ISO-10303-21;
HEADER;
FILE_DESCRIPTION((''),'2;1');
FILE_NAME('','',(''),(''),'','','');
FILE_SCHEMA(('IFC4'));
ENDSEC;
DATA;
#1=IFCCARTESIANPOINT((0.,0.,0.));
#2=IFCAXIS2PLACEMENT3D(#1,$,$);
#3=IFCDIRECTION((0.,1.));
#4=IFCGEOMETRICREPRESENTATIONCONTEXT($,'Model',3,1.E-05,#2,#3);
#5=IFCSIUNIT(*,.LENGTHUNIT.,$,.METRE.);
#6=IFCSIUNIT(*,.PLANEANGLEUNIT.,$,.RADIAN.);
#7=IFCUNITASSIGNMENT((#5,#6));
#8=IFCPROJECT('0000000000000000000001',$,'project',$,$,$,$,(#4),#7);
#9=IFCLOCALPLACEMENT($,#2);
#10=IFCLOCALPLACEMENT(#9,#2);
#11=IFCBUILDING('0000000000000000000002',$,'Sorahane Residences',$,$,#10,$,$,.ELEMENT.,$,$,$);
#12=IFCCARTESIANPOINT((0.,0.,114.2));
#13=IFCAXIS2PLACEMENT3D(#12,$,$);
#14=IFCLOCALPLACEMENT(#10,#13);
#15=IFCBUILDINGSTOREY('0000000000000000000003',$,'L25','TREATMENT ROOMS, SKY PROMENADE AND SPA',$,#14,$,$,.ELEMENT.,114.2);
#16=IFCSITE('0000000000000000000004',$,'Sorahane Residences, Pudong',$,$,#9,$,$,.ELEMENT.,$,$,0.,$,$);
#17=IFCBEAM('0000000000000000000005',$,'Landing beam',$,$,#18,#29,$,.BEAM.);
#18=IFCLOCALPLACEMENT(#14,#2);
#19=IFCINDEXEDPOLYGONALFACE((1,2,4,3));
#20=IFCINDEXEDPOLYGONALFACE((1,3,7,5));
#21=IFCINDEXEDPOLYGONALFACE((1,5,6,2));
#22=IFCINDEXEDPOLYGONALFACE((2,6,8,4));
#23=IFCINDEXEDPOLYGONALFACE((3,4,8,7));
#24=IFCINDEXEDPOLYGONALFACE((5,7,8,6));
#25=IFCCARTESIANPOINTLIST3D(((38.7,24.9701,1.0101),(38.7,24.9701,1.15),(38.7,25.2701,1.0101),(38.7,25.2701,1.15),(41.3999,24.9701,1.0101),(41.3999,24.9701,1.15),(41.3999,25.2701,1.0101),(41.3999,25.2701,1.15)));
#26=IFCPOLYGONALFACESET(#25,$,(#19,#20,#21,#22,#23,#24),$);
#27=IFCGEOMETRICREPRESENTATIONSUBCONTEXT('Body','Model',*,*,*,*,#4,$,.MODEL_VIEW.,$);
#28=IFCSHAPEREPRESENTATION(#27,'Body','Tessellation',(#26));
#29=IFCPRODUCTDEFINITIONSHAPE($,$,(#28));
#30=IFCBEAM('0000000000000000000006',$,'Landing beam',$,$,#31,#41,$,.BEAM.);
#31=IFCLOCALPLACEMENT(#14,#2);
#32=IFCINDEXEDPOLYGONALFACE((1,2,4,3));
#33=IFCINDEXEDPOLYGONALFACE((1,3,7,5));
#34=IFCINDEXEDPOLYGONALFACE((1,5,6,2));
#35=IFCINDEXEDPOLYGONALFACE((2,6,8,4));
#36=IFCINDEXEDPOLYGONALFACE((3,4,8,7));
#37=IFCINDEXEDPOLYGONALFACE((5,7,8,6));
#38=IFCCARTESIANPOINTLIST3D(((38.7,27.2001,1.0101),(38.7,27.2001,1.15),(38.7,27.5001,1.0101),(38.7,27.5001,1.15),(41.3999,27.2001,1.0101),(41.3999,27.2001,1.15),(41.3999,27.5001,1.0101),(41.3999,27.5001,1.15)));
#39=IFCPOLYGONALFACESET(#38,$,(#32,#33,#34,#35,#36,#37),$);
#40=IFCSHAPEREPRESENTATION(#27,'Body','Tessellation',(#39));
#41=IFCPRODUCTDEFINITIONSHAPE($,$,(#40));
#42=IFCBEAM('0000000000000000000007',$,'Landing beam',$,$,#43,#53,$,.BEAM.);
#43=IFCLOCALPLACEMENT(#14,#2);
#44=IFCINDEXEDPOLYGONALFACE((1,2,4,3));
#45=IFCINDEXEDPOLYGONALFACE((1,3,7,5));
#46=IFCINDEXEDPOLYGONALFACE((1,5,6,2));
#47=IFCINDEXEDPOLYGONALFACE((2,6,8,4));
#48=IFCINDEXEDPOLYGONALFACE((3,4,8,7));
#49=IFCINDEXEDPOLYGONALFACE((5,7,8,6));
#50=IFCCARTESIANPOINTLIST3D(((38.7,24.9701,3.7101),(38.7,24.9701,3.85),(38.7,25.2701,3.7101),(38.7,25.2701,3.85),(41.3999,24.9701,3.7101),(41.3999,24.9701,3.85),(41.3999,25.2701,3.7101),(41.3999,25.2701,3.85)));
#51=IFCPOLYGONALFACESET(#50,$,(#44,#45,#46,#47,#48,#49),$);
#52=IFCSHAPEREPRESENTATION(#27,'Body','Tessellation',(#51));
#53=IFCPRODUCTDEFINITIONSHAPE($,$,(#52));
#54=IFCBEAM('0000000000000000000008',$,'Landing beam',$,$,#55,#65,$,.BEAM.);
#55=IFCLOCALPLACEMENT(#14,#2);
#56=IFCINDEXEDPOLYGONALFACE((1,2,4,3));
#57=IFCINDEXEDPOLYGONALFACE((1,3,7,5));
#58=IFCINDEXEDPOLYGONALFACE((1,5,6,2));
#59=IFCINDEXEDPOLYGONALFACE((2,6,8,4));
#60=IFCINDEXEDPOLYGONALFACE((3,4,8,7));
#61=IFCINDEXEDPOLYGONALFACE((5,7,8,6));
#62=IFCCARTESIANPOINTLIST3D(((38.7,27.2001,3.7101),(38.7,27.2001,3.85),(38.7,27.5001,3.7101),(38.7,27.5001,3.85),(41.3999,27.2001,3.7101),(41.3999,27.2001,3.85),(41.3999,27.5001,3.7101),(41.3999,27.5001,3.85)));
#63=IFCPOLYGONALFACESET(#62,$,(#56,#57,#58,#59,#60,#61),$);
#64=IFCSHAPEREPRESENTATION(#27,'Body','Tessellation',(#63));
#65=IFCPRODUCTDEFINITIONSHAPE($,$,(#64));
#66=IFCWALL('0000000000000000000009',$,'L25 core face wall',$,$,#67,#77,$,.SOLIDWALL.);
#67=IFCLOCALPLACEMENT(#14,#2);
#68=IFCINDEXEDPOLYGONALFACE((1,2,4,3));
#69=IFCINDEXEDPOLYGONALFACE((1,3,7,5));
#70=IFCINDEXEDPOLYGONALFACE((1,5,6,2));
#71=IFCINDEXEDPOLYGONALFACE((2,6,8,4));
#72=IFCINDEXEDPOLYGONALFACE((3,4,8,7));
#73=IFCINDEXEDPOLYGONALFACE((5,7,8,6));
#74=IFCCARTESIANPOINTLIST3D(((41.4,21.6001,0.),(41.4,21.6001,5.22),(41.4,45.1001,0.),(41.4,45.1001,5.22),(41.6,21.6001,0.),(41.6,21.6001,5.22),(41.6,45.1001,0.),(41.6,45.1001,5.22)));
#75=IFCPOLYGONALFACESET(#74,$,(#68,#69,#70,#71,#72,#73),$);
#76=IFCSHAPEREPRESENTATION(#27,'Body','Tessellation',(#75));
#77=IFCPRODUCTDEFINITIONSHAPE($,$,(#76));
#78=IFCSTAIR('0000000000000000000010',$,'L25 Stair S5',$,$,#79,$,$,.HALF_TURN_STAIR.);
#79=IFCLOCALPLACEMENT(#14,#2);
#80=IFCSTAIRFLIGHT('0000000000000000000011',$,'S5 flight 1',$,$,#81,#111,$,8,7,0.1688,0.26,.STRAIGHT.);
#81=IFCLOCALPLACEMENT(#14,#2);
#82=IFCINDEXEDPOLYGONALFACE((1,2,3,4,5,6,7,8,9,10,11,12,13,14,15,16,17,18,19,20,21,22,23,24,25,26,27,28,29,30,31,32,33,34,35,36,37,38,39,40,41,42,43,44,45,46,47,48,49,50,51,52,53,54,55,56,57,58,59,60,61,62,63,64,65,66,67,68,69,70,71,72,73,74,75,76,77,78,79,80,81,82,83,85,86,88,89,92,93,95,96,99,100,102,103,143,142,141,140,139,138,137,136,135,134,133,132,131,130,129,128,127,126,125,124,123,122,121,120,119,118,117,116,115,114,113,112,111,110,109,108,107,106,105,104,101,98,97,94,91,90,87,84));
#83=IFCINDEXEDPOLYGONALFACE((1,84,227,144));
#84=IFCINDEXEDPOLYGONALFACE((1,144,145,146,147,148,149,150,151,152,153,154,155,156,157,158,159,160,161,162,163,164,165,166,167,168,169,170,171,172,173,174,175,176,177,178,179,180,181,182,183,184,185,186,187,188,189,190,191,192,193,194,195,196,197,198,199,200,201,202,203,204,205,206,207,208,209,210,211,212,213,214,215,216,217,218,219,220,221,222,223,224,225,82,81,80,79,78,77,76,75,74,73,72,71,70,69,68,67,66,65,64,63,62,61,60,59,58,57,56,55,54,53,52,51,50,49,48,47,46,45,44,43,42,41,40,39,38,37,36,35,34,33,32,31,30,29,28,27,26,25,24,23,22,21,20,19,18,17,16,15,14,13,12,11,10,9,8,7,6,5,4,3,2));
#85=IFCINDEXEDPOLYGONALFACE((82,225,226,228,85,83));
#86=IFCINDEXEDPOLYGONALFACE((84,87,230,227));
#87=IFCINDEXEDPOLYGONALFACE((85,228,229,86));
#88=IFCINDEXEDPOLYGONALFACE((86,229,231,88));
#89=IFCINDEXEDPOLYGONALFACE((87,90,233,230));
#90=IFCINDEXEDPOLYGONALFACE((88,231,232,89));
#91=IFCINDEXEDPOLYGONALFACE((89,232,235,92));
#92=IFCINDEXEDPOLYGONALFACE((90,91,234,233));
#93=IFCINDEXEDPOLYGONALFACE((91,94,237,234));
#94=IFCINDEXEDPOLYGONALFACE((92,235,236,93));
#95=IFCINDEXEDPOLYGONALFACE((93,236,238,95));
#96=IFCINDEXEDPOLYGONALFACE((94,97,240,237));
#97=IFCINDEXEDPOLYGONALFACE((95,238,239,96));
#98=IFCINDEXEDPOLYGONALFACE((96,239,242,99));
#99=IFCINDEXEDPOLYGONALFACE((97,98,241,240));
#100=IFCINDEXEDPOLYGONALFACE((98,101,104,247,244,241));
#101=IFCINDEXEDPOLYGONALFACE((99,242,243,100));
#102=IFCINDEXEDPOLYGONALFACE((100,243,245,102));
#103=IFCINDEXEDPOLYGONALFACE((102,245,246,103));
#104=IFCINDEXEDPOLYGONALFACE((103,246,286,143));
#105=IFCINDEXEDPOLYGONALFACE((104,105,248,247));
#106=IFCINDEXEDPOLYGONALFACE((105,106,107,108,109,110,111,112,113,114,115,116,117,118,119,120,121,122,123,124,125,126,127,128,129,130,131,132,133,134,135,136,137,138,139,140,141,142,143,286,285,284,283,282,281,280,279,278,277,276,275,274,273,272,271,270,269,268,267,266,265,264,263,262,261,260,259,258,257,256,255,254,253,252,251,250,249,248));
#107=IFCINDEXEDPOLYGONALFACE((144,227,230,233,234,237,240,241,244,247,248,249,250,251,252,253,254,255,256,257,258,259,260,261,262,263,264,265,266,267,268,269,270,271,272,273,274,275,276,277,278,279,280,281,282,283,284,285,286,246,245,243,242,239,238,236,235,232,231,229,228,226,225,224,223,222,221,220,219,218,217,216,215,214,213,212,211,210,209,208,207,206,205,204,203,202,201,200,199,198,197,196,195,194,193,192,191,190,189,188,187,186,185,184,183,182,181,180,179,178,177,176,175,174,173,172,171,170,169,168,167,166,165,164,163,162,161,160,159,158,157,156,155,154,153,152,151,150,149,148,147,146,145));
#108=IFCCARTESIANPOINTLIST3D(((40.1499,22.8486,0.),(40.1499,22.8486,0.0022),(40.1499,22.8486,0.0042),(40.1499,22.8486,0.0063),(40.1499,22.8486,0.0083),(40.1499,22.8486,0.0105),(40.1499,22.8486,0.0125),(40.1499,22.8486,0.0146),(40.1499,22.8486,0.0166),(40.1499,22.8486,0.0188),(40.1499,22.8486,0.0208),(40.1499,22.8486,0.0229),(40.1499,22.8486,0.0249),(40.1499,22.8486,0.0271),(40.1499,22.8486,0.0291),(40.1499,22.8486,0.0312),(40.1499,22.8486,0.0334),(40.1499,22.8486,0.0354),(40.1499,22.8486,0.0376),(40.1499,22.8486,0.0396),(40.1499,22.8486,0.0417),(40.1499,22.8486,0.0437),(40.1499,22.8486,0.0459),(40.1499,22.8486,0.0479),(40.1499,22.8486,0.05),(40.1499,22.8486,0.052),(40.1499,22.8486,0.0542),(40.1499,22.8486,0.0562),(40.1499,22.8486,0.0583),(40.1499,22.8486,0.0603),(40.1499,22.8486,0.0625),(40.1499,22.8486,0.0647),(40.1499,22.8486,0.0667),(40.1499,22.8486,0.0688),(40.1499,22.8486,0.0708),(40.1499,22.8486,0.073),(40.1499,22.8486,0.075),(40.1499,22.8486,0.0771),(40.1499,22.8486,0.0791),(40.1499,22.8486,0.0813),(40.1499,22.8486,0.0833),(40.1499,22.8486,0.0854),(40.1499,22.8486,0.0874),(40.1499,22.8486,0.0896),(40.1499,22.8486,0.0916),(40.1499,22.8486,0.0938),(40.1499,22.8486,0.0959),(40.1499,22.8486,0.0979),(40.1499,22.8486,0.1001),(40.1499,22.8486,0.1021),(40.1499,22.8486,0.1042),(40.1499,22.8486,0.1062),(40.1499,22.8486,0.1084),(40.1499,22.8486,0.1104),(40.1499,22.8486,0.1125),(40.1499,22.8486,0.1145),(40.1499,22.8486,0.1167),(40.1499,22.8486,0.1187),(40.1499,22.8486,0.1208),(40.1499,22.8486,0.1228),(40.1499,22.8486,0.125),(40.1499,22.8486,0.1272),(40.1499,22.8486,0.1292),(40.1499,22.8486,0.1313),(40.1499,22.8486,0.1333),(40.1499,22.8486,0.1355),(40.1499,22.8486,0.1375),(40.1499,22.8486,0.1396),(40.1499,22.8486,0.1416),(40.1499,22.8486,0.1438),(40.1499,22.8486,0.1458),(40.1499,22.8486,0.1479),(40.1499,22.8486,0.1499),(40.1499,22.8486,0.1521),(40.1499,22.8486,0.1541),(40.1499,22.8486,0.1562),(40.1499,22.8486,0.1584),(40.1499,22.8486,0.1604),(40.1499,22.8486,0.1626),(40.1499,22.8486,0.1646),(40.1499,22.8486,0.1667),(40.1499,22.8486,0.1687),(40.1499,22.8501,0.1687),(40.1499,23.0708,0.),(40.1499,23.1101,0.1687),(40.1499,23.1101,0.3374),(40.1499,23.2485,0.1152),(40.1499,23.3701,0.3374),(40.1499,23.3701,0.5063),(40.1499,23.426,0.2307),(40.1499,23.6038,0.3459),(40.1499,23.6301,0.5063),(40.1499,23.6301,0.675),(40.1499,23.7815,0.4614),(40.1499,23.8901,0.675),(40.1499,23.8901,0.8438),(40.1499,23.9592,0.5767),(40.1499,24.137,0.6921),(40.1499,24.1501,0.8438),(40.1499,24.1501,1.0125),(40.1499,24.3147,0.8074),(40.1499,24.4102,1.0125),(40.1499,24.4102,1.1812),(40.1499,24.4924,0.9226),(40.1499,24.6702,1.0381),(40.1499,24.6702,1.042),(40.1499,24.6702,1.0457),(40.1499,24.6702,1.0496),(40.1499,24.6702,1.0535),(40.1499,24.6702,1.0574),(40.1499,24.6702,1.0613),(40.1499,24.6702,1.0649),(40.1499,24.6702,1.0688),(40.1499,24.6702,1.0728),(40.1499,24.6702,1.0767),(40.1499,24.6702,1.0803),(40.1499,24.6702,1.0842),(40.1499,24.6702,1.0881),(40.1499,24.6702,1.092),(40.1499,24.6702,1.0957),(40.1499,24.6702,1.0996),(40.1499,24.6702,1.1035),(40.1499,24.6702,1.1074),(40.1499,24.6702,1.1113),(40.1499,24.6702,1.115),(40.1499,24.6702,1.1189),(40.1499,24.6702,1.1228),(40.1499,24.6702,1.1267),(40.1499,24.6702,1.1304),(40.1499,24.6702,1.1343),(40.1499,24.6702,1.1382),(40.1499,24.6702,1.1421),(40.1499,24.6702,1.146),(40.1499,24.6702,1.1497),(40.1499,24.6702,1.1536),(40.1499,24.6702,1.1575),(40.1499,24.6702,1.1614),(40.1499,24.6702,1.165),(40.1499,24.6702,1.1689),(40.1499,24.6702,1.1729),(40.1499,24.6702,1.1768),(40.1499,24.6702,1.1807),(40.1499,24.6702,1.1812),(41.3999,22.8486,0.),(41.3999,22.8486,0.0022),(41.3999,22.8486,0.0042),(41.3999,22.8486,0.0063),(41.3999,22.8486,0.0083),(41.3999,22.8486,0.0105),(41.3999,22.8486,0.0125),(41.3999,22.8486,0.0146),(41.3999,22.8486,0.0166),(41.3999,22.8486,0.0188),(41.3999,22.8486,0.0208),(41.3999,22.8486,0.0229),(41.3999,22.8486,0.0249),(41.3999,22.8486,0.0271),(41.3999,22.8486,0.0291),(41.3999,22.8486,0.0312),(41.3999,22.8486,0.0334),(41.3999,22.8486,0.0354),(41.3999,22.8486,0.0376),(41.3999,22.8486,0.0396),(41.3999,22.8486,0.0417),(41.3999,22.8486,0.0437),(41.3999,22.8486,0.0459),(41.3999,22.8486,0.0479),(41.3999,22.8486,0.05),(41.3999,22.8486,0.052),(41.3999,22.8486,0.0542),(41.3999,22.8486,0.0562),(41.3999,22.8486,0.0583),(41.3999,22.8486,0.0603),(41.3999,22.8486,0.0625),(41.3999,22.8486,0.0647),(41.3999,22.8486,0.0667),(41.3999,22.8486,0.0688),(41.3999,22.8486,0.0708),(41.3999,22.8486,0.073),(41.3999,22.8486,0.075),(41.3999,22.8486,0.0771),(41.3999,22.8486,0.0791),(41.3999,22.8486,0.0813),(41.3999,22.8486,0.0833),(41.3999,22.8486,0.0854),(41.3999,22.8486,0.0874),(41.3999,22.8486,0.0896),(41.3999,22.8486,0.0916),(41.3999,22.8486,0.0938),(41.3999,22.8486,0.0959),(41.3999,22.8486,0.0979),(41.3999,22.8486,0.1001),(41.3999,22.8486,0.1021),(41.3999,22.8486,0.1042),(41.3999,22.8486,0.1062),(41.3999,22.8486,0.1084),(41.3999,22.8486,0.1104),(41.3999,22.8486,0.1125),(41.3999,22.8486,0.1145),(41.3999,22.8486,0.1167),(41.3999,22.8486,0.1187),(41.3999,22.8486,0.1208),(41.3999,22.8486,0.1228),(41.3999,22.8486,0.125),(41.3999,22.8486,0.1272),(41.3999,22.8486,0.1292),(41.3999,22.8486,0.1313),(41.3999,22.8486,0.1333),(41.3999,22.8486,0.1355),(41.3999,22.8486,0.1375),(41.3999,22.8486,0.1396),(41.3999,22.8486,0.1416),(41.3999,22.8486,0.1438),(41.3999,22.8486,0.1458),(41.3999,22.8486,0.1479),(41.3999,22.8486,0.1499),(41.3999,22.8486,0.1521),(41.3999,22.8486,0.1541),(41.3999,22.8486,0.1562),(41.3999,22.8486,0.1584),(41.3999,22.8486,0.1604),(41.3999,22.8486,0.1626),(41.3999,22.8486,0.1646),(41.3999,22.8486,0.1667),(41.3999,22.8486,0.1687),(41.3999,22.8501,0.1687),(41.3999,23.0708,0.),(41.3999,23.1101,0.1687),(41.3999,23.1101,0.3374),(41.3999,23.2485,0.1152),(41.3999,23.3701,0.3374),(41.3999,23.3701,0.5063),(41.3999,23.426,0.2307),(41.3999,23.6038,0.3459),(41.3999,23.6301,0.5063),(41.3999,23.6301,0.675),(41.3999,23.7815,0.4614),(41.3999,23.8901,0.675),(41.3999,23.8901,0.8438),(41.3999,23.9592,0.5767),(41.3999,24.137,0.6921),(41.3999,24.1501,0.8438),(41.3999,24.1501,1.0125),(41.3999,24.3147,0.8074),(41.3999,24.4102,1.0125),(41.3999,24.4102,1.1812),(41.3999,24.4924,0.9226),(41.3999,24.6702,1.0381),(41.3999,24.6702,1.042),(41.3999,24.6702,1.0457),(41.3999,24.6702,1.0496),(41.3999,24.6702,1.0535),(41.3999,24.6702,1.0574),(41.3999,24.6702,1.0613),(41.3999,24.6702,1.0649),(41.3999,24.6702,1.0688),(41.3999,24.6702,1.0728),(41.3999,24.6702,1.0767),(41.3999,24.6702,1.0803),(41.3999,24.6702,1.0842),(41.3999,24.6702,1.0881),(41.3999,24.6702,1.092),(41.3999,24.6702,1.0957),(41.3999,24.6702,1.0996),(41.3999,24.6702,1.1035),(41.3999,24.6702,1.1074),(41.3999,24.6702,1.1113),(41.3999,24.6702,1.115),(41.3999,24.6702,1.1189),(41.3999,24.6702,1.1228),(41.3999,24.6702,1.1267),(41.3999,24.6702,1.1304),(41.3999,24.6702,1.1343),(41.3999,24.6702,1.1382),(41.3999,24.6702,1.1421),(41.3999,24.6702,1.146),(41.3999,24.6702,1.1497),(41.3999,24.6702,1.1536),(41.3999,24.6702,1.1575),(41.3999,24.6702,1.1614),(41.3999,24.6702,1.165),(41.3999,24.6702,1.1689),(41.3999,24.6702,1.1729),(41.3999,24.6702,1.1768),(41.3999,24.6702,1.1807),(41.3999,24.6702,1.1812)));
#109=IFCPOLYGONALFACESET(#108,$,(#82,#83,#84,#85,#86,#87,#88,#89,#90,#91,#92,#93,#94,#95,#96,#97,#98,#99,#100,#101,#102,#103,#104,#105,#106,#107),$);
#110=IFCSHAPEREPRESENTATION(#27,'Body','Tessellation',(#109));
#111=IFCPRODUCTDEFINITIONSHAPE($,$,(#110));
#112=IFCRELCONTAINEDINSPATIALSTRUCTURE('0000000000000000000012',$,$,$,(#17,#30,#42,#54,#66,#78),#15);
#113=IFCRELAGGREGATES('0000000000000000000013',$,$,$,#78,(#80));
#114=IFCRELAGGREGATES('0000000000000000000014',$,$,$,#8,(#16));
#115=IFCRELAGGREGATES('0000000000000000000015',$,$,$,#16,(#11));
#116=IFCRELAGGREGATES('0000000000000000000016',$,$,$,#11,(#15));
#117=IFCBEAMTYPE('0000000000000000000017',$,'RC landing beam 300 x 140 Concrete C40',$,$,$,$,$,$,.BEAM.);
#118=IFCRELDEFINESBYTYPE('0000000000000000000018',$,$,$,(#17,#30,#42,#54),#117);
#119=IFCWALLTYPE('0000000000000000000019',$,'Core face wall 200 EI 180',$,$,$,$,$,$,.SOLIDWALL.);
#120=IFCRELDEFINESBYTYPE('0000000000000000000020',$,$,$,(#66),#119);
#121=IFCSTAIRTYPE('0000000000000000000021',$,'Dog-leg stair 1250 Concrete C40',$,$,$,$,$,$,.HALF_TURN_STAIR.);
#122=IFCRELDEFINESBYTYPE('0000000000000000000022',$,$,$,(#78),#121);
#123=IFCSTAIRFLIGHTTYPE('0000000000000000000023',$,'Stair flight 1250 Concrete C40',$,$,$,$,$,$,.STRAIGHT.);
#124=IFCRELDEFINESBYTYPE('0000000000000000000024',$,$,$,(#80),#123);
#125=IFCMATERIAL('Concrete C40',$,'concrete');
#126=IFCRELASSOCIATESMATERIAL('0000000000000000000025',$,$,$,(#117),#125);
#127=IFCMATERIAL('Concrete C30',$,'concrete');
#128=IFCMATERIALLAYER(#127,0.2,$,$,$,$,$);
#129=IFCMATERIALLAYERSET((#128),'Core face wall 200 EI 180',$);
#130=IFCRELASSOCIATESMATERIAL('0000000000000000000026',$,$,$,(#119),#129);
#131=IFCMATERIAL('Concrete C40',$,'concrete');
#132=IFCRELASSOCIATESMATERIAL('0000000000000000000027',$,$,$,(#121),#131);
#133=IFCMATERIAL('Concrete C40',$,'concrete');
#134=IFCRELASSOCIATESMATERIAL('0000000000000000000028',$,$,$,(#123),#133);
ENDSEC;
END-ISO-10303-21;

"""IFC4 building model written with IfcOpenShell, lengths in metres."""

from ifc_helpers import new_model, si_unit, direction, frame, frame_2d, origin, origin_2d, place, context, subcontext, project, spatial, polyline, rectangle, outline, extrude, material, layer, layer_set, material_profile, profile_set, type_object, element, aggregate, save


model = new_model("IFC4")

# Units and contexts
model_context = context("Model", 3, precision=1e-05, world=origin(), true_north=direction((0.0, 1.0)))
body_context = subcontext(model_context, "Body", "Model", "MODEL_VIEW")
ifc_project = project(units=[si_unit("LENGTHUNIT", "METRE"), si_unit("PLANEANGLEUNIT", "RADIAN")], contexts=[model_context])

# Site, building, storey
site_placement = place(None, origin())
site = spatial("IfcSite", under=ifc_project, at=site_placement, Name="Sorahane Residences, Pudong", CompositionType="ELEMENT", RefElevation=0.0)
building_placement = place(site_placement, origin())
building = spatial("IfcBuilding", under=site, at=building_placement, Name="Sorahane Residences", CompositionType="ELEMENT")
storey_placement = place(building_placement, frame((0.0, 0.0, 114.2)))
storey = spatial("IfcBuildingStorey", under=building, at=storey_placement, Name="L25", Description="TREATMENT ROOMS, SKY PROMENADE AND SPA", CompositionType="ELEMENT", Elevation=114.2)

# Beams
ifc_material_1 = material(Name="Concrete C40", Category="concrete")
ifc_material_profile = material_profile(ifc_material_1, rectangle(XDim=0.3, YDim=0.1399, at=origin_2d()), Name="300x140")
ifc_profile_set = profile_set([ifc_material_profile], Name="Concrete C40")
beam_type = type_object("IfcBeamType", Name="RC landing beam 300 x 140 Concrete C40", PredefinedType="BEAM", material=ifc_profile_set)
for number, where, z_axis, x_axis, name in (
    (1, (38.7, 25.1201, 1.0801), (1.0, 0.0, 0.0), (0.0, 1.0, 0.0), "Landing beam"),
    (2, (38.7, 27.3501, 1.0801), (1.0, 0.0, 0.0), (0.0, 1.0, 0.0), "Landing beam"),
    (3, (38.7, 25.1201, 3.78), (1.0, 0.0, 0.0), (0.0, 1.0, 0.0), "Landing beam"),
    (4, (38.7, 27.3501, 3.78), (1.0, 0.0, 0.0), (0.0, 1.0, 0.0), "Landing beam"),
):
    element("IfcBeam", number, at=place(storey_placement, frame(where, z_axis=z_axis, x_axis=x_axis)), inside=storey, type_object=beam_type, Name=name, PredefinedType="BEAM", context=body_context, shape_type="SweptSolid", body=[
        extrude(rectangle(XDim=0.3, YDim=0.1399, at=origin_2d()), origin(), (0.0, 0.0, 1.0), 2.7),
    ])

# Wall
ifc_material_2 = material(Name="Concrete C30", Category="concrete")
ifc_layer = layer(ifc_material_2, 0.2)
ifc_layer_set = layer_set([ifc_layer], Name="Core face wall 200 EI 180")
wall_type = type_object("IfcWallType", Name="Core face wall 200 EI 180", PredefinedType="SOLIDWALL", material=ifc_layer_set)
wall_placement = place(storey_placement, frame((41.5, 21.6001, 0.0), z_axis=(0.0, 0.0, 1.0), x_axis=(0.0, 1.0, 0.0)))
element("IfcWall", 5, at=wall_placement, inside=storey, type_object=wall_type, Name="L25 core face wall", PredefinedType="SOLIDWALL", context=body_context, shape_type="SweptSolid", body=[
    extrude(rectangle(XDim=23.5, YDim=0.2, at=frame_2d((11.75, 0.0))), origin(), (0.0, 0.0, 1.0), 5.22),
])

# Stair, stair flight
ifc_material_3 = material(Name="Concrete C40", Category="concrete")
stair_type = type_object("IfcStairType", Name="Dog-leg stair 1250 Concrete C40", PredefinedType="HALF_TURN_STAIR", material=ifc_material_3)
stair_placement = place(storey_placement, origin())
stair = element("IfcStair", 6, at=stair_placement, inside=storey, type_object=stair_type, Name="L25 Stair S5", PredefinedType="HALF_TURN_STAIR")
ifc_material_4 = material(Name="Concrete C40", Category="concrete")
stair_flight_type = type_object("IfcStairFlightType", Name="Stair flight 1250 Concrete C40", PredefinedType="STRAIGHT", material=ifc_material_4)
stair_flight_1_placement = place(storey_placement, frame((40.7749, 22.8501, 0.0), z_axis=(0.0, 0.0, 1.0), x_axis=(0.0, 1.0, 0.0)))
stair_flight_1 = element("IfcStairFlight", 7, at=stair_flight_1_placement, type_object=stair_flight_type, Name="S5 flight 1", NumberOfRisers=8, NumberOfTreads=7, PredefinedType="STRAIGHT", RiserHeight=0.1688, TreadLength=0.26, context=body_context, shape_type="SweptSolid", body=[
    extrude(outline(polyline([(-0.0015, 0.0), (-0.0015, 0.0022), (-0.0015, 0.0042), (-0.0015, 0.0063), (-0.0015, 0.0083), (-0.0015, 0.0105), (-0.0015, 0.0125), (-0.0015, 0.0146), (-0.0015, 0.0166), (-0.0015, 0.0188), (-0.0015, 0.0208), (-0.0015, 0.0229), (-0.0015, 0.0249), (-0.0015, 0.0271), (-0.0015, 0.0291), (-0.0015, 0.0312), (-0.0015, 0.0334), (-0.0015, 0.0354), (-0.0015, 0.0376), (-0.0015, 0.0396), (-0.0015, 0.0417), (-0.0015, 0.0437), (-0.0015, 0.0459), (-0.0015, 0.0479), (-0.0015, 0.05), (-0.0015, 0.052), (-0.0015, 0.0542), (-0.0015, 0.0562), (-0.0015, 0.0583), (-0.0015, 0.0603), (-0.0015, 0.0625), (-0.0015, 0.0647), (-0.0015, 0.0667), (-0.0015, 0.0688), (-0.0015, 0.0708), (-0.0015, 0.073), (-0.0015, 0.075), (-0.0015, 0.0771), (-0.0015, 0.0791), (-0.0015, 0.0813), (-0.0015, 0.0833), (-0.0015, 0.0854), (-0.0015, 0.0874), (-0.0015, 0.0896), (-0.0015, 0.0916), (-0.0015, 0.0938), (-0.0015, 0.0959), (-0.0015, 0.0979), (-0.0015, 0.1001), (-0.0015, 0.1021), (-0.0015, 0.1042), (-0.0015, 0.1062), (-0.0015, 0.1084), (-0.0015, 0.1104), (-0.0015, 0.1125), (-0.0015, 0.1145), (-0.0015, 0.1167), (-0.0015, 0.1187), (-0.0015, 0.1208), (-0.0015, 0.1228), (-0.0015, 0.125), (-0.0015, 0.1272), (-0.0015, 0.1292), (-0.0015, 0.1313), (-0.0015, 0.1333), (-0.0015, 0.1355), (-0.0015, 0.1375), (-0.0015, 0.1396), (-0.0015, 0.1416), (-0.0015, 0.1438), (-0.0015, 0.1458), (-0.0015, 0.1479), (-0.0015, 0.1499), (-0.0015, 0.1521), (-0.0015, 0.1541), (-0.0015, 0.1562), (-0.0015, 0.1584), (-0.0015, 0.1604), (-0.0015, 0.1626), (-0.0015, 0.1646), (-0.0015, 0.1667), (-0.0015, 0.1687), (0.0, 0.1687), (0.26, 0.1687), (0.26, 0.3374), (0.52, 0.3374), (0.52, 0.5063), (0.78, 0.5063), (0.78, 0.675), (1.04, 0.675), (1.04, 0.8438), (1.3, 0.8438), (1.3, 1.0125), (1.5601, 1.0125), (1.5601, 1.1812), (1.8201, 1.1812), (1.8201, 1.3501), (1.8201, 1.3462), (1.8201, 1.3423), (1.8201, 1.3384), (1.8201, 1.3347), (1.8201, 1.3308), (1.8201, 1.3269), (1.8201, 1.323), (1.8201, 1.3191), (1.8201, 1.3154), (1.8201, 1.3115), (1.8201, 1.3076), (1.8201, 1.3037), (1.8201, 1.3), (1.8201, 1.2961), (1.8201, 1.2922), (1.8201, 1.2883), (1.8201, 1.2844), (1.8201, 1.2808), (1.8201, 1.2769), (1.8201, 1.2729), (1.8201, 1.269), (1.8201, 1.2654), (1.8201, 1.2615), (1.8201, 1.2576), (1.8201, 1.2537), (1.8201, 1.2498), (1.8201, 1.2461), (1.8201, 1.2422), (1.8201, 1.2383), (1.8201, 1.2344), (1.8201, 1.2307), (1.8201, 1.2268), (1.8201, 1.2229), (1.8201, 1.219), (1.8201, 1.2151), (1.8201, 1.2114), (1.8201, 1.2075), (1.8201, 1.2036), (1.8201, 1.1997), (1.8201, 1.196), (1.8201, 1.1921), (1.8201, 1.1882), (1.8201, 1.1843), (1.8201, 1.1807), (1.8201, 1.1768), (1.8201, 1.1729), (1.8201, 1.1689), (1.8201, 1.165), (1.8201, 1.1614), (1.8201, 1.1575), (1.8201, 1.1536), (1.8201, 1.1497), (1.8201, 1.146), (1.8201, 1.1421), (1.8201, 1.1382), (1.8201, 1.1343), (1.8201, 1.1304), (1.8201, 1.1267), (1.8201, 1.1228), (1.8201, 1.1189), (1.8201, 1.115), (1.8201, 1.1113), (1.8201, 1.1074), (1.8201, 1.1035), (1.8201, 1.0996), (1.8201, 1.0957), (1.8201, 1.092), (1.8201, 1.0881), (1.8201, 1.0842), (1.8201, 1.0803), (1.8201, 1.0767), (1.8201, 1.0728), (1.8201, 1.0688), (1.8201, 1.0649), (1.8201, 1.0613), (1.8201, 1.0574), (1.8201, 1.0535), (1.8201, 1.0496), (1.8201, 1.0457), (1.8201, 1.042), (1.8201, 1.0381), (1.6423, 0.9226), (1.4646, 0.8074), (1.2869, 0.6921), (1.1091, 0.5767), (0.9314, 0.4614), (0.7537, 0.3459), (0.5759, 0.2307), (0.3984, 0.1152), (0.2207, 0.0), (-0.0015, 0.0)])), frame((0.0, 0.625, 0.0), z_axis=(0.0, -1.0, 0.0), x_axis=(1.0, 0.0, 0.0)), (0.0, 0.0, 1.0), 1.25),
])
aggregate(stair, [stair_flight_1])

save(model, "model.ifc")
